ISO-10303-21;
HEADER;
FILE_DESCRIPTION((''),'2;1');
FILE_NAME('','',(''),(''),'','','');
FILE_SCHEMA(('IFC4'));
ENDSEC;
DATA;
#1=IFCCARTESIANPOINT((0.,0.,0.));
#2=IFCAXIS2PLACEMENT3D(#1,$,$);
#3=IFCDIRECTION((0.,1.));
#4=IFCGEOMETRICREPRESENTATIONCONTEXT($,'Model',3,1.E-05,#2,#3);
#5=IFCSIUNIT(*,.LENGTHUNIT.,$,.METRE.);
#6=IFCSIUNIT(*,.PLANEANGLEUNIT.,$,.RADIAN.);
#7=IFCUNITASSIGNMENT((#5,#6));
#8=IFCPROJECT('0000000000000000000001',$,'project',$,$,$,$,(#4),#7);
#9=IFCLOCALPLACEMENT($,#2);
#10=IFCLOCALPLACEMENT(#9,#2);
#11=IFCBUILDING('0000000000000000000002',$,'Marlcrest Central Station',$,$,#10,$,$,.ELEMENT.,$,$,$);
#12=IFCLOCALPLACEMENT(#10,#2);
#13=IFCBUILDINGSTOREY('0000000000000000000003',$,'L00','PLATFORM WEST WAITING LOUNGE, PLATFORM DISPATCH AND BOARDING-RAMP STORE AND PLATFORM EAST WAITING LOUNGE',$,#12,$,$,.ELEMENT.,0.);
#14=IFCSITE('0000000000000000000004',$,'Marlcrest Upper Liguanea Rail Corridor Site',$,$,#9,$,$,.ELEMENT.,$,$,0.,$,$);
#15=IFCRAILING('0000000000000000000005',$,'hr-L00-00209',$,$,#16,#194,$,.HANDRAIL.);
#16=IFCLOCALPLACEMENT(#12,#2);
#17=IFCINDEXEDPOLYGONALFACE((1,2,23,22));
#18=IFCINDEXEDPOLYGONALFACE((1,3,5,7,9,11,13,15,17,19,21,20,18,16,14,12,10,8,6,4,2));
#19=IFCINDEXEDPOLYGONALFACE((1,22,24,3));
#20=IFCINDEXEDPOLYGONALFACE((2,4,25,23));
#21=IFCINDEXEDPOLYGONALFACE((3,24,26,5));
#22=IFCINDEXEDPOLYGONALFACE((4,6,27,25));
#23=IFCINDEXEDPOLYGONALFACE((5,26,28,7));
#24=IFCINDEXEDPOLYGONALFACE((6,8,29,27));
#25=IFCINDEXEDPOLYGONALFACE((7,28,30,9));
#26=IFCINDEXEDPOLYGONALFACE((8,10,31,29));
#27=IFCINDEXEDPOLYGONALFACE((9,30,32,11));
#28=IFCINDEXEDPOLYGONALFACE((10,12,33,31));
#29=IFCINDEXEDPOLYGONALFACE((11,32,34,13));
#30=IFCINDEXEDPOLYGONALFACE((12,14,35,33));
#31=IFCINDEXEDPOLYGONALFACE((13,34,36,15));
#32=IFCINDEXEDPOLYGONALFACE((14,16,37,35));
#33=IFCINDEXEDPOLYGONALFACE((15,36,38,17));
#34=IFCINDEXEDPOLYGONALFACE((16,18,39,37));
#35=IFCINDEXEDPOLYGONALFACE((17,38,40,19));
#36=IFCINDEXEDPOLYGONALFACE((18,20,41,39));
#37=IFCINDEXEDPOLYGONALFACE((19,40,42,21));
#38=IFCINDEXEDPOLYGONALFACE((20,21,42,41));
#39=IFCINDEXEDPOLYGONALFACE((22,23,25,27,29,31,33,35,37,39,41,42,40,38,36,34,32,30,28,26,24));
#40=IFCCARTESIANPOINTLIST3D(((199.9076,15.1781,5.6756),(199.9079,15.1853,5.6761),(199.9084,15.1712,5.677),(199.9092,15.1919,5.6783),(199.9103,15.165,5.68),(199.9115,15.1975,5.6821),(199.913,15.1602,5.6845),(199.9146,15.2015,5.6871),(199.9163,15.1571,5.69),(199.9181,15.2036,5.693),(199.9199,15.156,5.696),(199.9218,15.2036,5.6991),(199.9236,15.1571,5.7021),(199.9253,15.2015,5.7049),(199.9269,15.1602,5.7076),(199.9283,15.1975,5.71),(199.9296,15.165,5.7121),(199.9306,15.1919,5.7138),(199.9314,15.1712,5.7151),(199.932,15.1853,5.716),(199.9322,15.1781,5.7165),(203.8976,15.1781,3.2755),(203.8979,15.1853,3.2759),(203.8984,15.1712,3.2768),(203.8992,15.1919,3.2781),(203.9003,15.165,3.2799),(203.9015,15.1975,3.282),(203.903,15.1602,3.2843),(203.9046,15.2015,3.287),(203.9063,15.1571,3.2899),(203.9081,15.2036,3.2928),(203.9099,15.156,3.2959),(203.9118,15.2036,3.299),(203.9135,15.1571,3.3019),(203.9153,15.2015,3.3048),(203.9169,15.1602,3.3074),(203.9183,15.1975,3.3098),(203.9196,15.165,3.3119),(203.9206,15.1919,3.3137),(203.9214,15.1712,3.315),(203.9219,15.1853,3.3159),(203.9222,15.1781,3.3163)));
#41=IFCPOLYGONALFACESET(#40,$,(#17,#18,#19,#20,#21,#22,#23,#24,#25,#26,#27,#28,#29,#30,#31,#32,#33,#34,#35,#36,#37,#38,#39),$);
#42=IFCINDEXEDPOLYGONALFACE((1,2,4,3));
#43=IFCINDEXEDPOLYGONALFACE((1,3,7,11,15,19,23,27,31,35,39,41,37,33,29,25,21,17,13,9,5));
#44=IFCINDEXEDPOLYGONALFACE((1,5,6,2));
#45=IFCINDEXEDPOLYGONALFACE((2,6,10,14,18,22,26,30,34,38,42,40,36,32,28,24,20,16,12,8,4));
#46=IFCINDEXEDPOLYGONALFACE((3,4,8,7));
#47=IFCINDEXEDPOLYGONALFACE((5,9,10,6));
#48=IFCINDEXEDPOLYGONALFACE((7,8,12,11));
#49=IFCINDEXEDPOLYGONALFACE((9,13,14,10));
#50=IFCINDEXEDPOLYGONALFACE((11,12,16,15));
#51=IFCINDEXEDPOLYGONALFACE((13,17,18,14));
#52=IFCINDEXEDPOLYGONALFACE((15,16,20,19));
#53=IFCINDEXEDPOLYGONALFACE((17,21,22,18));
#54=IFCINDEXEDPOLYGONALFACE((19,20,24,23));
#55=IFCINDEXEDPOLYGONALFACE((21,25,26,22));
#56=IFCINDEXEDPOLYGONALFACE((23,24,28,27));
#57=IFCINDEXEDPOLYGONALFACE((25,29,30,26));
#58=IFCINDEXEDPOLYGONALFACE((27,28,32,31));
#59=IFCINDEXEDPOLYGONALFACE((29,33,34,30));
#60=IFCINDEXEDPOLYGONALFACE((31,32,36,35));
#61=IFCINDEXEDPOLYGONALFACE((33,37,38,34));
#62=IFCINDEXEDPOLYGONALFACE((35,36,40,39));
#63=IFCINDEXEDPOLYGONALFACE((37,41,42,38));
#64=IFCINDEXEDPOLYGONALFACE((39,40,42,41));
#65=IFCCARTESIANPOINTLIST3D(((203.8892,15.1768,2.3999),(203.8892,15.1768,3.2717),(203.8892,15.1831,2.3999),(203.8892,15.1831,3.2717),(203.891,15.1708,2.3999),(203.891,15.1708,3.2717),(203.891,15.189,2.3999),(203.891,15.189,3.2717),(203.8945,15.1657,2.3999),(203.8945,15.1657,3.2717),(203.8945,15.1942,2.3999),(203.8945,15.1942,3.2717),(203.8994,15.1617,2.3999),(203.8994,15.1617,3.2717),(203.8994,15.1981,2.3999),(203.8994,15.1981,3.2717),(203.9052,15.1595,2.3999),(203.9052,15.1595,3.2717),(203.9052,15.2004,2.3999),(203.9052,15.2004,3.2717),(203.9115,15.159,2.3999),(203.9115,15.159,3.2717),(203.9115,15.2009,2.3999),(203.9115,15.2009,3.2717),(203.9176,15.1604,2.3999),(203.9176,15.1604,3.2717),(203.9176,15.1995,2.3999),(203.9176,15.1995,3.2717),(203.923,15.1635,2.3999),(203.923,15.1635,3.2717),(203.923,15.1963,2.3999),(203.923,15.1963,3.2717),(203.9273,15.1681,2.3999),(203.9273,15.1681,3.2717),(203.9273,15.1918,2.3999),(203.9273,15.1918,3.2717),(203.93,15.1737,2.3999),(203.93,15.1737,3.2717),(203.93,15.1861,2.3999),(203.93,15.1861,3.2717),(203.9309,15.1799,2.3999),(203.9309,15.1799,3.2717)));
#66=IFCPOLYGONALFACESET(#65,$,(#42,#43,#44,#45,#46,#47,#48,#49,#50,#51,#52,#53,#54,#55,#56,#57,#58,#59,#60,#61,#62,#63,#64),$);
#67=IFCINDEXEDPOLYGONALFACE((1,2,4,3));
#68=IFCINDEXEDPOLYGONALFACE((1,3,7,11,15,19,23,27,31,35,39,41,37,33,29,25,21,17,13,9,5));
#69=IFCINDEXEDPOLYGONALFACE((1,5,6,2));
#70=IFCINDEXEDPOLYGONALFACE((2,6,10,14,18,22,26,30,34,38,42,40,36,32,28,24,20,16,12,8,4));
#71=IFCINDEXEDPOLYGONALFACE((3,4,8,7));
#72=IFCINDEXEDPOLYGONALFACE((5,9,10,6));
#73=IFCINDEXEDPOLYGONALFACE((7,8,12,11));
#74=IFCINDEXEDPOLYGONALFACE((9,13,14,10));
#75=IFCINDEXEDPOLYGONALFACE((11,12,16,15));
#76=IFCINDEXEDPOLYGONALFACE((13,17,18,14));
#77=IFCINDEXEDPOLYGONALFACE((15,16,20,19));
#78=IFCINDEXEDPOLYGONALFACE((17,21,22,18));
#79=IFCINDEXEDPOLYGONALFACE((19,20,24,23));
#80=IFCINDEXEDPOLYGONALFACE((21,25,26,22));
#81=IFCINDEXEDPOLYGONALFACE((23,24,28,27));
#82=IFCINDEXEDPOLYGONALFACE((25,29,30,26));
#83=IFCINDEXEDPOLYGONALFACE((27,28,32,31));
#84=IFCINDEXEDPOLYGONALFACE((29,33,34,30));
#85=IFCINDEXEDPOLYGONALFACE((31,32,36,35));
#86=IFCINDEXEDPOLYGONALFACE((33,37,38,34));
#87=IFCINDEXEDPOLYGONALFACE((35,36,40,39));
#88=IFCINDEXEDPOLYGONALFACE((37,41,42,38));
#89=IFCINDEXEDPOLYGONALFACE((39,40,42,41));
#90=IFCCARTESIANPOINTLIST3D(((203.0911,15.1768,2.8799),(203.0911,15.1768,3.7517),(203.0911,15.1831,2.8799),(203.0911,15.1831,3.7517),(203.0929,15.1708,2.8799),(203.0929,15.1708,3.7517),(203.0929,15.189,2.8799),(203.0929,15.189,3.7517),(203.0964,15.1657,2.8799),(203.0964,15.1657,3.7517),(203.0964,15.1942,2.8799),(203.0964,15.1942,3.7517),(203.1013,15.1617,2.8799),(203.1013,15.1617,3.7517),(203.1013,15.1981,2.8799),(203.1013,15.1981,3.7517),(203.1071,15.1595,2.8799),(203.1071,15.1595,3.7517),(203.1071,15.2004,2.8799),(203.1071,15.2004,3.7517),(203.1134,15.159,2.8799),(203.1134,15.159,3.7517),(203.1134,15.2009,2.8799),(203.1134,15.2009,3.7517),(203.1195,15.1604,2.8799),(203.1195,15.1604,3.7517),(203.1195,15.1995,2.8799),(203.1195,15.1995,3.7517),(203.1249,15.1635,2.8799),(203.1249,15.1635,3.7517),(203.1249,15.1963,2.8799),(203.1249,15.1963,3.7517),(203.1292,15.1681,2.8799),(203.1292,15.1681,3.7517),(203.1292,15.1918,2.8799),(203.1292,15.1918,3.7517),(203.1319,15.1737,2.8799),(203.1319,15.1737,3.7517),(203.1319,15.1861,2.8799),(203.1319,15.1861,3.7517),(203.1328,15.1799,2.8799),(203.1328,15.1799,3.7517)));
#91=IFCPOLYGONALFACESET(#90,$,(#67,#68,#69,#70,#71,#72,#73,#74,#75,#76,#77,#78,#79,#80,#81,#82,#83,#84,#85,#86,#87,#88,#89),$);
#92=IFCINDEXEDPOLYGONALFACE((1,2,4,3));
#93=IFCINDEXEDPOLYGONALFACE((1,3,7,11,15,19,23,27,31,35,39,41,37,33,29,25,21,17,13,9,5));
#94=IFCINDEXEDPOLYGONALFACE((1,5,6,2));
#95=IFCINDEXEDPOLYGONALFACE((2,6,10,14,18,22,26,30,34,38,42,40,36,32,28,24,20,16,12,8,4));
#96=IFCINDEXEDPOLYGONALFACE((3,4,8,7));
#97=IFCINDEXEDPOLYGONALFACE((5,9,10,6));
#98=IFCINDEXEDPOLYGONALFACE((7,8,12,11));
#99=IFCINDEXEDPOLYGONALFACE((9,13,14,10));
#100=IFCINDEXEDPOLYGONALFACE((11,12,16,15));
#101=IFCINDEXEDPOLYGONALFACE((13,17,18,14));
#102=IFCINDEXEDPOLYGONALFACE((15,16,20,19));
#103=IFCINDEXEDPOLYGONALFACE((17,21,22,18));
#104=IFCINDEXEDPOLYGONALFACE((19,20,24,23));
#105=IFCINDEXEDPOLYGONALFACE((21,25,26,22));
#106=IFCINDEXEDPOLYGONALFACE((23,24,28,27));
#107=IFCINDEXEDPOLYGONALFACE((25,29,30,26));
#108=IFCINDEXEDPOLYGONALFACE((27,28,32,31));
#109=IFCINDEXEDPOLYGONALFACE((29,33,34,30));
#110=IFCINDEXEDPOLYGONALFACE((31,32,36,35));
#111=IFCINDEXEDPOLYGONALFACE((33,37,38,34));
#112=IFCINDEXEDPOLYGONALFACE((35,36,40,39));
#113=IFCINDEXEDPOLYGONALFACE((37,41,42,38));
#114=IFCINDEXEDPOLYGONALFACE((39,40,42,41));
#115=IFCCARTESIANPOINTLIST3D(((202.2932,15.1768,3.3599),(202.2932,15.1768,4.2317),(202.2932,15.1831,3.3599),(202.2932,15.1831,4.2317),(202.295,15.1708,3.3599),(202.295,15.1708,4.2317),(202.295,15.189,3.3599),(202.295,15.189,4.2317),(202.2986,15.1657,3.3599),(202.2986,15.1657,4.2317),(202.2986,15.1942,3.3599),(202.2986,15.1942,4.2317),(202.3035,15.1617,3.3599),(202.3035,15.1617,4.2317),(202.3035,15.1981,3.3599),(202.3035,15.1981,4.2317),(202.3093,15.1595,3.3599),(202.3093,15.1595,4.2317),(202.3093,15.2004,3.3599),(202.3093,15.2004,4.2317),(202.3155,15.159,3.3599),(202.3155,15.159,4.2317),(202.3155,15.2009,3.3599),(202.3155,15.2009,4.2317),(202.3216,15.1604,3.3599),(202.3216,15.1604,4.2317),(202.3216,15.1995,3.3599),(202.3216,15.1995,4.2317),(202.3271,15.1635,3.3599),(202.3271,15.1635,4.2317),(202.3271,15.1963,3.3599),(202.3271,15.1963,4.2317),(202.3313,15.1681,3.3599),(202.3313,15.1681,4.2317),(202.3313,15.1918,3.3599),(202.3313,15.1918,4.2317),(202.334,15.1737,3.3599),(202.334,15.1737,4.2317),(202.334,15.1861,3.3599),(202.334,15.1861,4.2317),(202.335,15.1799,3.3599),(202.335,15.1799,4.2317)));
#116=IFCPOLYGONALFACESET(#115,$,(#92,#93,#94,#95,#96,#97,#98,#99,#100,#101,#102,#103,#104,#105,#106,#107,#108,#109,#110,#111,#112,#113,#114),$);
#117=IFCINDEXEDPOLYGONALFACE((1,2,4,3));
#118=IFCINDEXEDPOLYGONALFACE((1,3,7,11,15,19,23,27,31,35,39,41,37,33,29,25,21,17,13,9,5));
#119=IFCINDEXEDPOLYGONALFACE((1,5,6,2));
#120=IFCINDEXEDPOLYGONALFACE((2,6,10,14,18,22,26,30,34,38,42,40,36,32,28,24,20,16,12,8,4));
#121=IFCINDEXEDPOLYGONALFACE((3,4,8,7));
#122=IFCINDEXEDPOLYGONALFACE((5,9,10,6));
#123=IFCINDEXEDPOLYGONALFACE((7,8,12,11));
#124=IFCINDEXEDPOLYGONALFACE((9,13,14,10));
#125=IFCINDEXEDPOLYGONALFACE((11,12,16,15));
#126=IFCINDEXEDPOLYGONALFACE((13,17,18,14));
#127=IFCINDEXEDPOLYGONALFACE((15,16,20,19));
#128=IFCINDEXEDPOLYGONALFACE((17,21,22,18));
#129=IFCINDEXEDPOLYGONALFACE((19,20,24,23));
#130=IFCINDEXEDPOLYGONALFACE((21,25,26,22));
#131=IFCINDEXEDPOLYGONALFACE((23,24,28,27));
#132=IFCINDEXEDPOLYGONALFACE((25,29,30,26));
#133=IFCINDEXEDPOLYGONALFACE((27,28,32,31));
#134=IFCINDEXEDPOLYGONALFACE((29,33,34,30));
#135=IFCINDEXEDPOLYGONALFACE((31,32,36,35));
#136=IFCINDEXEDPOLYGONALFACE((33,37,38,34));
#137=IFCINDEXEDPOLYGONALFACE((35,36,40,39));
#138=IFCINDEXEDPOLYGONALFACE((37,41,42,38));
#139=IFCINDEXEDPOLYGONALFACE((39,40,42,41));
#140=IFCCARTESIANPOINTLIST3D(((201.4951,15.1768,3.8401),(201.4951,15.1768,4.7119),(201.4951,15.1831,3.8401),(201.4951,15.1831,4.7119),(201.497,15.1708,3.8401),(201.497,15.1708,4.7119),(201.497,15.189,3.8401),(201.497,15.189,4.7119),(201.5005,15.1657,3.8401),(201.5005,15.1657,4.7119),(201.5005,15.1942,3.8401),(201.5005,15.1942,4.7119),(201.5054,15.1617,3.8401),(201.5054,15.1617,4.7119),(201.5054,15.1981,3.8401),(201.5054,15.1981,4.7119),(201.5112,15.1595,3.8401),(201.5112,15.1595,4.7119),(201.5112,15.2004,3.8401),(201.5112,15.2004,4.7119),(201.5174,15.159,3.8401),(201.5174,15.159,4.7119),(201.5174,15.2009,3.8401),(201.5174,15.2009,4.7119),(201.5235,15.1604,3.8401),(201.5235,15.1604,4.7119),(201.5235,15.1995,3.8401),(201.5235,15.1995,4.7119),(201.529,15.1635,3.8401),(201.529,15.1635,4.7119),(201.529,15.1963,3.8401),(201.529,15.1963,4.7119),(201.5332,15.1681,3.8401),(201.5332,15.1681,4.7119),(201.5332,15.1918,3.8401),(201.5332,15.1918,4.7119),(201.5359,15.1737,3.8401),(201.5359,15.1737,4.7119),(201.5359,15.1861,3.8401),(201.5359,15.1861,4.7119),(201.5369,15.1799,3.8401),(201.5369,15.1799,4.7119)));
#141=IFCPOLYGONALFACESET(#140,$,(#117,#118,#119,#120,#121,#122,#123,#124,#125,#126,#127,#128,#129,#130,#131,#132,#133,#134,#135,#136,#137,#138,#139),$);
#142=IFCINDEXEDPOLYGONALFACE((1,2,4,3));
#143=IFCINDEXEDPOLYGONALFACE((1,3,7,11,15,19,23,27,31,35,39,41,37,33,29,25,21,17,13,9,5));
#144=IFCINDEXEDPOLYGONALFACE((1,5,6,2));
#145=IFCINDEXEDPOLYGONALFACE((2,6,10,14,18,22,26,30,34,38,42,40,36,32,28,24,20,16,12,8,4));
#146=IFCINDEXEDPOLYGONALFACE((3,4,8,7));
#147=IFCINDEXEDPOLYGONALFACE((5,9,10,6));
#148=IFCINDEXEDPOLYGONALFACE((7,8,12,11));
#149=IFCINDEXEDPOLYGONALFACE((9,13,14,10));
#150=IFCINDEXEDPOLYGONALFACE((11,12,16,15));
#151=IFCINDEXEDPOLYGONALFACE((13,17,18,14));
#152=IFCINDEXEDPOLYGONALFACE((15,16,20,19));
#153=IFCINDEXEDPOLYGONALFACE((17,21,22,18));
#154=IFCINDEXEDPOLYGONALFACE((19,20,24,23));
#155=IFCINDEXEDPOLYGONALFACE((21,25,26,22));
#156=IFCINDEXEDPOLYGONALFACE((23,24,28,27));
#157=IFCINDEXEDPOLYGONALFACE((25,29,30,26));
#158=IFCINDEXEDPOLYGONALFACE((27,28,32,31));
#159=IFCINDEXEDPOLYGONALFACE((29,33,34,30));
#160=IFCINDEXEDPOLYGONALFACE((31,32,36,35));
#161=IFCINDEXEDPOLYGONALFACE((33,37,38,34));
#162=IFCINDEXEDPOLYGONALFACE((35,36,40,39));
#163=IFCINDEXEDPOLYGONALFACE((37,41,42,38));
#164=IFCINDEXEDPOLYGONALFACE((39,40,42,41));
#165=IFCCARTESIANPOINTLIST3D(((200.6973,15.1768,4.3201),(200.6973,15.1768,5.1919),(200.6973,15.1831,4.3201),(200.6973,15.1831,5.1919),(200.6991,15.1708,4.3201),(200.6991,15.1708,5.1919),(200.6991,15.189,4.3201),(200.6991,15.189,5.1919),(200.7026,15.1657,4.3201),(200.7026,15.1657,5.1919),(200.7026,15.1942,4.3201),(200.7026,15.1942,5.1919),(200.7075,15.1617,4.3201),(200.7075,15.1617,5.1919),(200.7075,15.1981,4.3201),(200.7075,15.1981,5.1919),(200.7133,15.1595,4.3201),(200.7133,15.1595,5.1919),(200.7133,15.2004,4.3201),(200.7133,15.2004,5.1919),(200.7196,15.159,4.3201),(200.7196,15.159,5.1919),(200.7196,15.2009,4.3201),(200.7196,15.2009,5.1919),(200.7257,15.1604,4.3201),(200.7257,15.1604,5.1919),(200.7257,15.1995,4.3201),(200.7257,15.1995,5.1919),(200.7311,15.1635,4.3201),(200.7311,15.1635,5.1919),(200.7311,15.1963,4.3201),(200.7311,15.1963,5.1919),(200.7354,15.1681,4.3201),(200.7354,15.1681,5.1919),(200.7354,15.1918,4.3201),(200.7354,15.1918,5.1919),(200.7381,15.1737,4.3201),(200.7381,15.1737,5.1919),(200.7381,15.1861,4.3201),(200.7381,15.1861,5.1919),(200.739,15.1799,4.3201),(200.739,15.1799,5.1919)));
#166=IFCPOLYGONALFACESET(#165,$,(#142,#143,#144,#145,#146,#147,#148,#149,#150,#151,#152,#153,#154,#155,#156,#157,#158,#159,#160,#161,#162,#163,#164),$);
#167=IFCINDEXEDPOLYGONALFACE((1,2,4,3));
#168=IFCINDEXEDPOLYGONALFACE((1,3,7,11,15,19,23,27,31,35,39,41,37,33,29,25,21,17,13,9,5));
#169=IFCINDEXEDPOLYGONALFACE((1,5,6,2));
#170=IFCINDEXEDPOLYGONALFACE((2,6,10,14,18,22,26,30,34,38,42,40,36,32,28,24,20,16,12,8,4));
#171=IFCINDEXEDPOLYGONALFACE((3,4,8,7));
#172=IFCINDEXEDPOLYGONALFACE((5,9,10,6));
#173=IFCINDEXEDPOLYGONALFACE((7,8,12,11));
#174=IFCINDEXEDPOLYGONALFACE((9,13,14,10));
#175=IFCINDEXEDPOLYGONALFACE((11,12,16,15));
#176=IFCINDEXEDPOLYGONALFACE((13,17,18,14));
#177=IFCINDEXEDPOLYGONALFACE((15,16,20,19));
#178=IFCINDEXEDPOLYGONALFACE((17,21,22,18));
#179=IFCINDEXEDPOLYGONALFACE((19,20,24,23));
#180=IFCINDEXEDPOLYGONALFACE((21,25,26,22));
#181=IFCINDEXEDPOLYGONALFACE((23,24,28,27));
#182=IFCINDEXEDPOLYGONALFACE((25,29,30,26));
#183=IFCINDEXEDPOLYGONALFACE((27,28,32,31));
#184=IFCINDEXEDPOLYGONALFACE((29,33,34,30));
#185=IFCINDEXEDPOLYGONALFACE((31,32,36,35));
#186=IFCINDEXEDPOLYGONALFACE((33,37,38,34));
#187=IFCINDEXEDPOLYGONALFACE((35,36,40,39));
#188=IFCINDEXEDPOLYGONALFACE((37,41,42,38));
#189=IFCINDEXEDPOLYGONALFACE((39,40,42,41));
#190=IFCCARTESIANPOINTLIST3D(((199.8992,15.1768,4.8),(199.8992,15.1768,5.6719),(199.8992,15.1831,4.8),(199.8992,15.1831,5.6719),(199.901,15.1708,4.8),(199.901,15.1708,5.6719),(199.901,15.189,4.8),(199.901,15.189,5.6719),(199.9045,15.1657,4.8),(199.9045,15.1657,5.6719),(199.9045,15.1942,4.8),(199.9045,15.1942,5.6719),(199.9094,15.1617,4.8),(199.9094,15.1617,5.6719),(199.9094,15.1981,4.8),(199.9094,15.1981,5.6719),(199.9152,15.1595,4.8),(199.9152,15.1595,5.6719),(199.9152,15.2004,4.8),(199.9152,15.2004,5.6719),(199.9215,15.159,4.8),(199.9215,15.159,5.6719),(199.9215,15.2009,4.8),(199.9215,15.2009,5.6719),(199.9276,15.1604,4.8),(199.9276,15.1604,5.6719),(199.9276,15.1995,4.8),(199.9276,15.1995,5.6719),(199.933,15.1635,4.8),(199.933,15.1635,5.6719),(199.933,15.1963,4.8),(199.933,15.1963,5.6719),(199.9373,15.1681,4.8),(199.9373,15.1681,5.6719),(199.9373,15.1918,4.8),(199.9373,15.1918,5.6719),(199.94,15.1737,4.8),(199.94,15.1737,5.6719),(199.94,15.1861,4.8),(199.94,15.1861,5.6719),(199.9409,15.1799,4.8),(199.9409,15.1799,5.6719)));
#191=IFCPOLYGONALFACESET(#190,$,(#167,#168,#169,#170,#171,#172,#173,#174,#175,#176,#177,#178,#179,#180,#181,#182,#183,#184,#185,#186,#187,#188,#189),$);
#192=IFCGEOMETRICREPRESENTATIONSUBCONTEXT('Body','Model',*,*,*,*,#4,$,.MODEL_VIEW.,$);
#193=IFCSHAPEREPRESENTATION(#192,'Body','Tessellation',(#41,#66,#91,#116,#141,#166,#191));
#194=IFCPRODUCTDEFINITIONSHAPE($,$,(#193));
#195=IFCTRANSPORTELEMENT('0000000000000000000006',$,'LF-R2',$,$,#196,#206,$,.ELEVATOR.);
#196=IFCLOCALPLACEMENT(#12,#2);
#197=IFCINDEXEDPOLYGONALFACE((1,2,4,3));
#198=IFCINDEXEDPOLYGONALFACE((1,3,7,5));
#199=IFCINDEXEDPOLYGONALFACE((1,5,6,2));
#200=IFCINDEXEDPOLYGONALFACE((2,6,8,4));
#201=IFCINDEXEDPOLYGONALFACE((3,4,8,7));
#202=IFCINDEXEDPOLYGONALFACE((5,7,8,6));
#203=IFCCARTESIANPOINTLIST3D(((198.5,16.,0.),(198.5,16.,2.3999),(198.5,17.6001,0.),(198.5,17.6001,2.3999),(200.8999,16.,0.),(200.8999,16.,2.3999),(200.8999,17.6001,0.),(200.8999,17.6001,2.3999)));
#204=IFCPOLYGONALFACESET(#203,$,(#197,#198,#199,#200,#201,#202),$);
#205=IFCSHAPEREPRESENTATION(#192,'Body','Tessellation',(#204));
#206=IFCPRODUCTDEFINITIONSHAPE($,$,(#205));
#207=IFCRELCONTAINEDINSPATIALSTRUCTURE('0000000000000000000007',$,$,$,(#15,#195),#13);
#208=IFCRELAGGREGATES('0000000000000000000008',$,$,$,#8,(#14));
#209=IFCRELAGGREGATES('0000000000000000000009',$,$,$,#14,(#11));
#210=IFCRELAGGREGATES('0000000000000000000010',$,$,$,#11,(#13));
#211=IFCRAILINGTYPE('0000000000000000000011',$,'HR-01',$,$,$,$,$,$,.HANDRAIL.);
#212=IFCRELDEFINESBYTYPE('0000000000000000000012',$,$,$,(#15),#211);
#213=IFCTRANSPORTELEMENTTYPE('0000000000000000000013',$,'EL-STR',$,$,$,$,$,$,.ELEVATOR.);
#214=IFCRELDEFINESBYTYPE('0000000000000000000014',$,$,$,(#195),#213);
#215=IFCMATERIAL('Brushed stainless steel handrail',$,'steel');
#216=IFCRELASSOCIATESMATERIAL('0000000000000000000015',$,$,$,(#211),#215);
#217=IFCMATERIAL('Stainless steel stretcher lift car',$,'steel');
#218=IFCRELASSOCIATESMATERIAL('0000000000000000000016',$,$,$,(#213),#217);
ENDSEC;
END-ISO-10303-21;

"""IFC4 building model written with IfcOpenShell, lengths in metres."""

from ifc_helpers import new_model, si_unit, direction, frame, origin, origin_2d, place, context, subcontext, project, spatial, rectangle, circle, extrude, material, type_object, element, save


model = new_model("IFC4")

# Units and contexts
model_context = context("Model", 3, precision=1e-05, world=origin(), true_north=direction((0.0, 1.0)))
body_context = subcontext(model_context, "Body", "Model", "MODEL_VIEW")
ifc_project = project(units=[si_unit("LENGTHUNIT", "METRE"), si_unit("PLANEANGLEUNIT", "RADIAN")], contexts=[model_context])

# Site, building, storey
site_placement = place(None, origin())
site = spatial("IfcSite", under=ifc_project, at=site_placement, Name="Marlcrest Upper Liguanea Rail Corridor Site", CompositionType="ELEMENT", RefElevation=0.0)
building_placement = place(site_placement, origin())
building = spatial("IfcBuilding", under=site, at=building_placement, Name="Marlcrest Central Station", CompositionType="ELEMENT")
storey_placement = place(building_placement, origin())
storey = spatial("IfcBuildingStorey", under=building, at=storey_placement, Name="L00", Description="PLATFORM WEST WAITING LOUNGE, PLATFORM DISPATCH AND BOARDING-RAMP STORE AND PLATFORM EAST WAITING LOUNGE", CompositionType="ELEMENT", Elevation=0.0)

# Railing
ifc_material_1 = material(Name="Brushed stainless steel handrail", Category="steel")
railing_type_1 = type_object("IfcRailingType", Name="HR-01", PredefinedType="HANDRAIL", material=ifc_material_1)
railing_1_placement = place(storey_placement, frame((203.9099, 15.1799, 2.3999)))
element("IfcRailing", 1, at=railing_1_placement, inside=storey, type_object=railing_type_1, Name="hr-L00-00209", PredefinedType="HANDRAIL", context=body_context, shape_type="SweptSolid", body=[
    extrude(circle(Radius=0.0239, at=origin_2d()), frame((0.0, 0.0, 0.896), z_axis=(-0.856909, 0.0, 0.515467), x_axis=(0.0, -1.0, 0.0)), (0.0, 0.0, 1.0), 4.6562),
    extrude(circle(Radius=0.021, at=origin_2d()), origin(), (0.0, 0.0, 1.0), 0.8718),
    extrude(circle(Radius=0.021, at=origin_2d()), frame((-0.7981, 0.0, 0.48)), (0.0, 0.0, 1.0), 0.8718),
    extrude(circle(Radius=0.021, at=origin_2d()), frame((-1.5959, 0.0, 0.96)), (0.0, 0.0, 1.0), 0.8718),
    extrude(circle(Radius=0.021, at=origin_2d()), frame((-2.394, 0.0, 1.4402)), (0.0, 0.0, 1.0), 0.8718),
    extrude(circle(Radius=0.021, at=origin_2d()), frame((-3.1919, 0.0, 1.9202)), (0.0, 0.0, 1.0), 0.8718),
    extrude(circle(Radius=0.021, at=origin_2d()), frame((-3.99, 0.0, 2.4001)), (0.0, 0.0, 1.0), 0.8718),
])

# Transport element
ifc_material_2 = material(Name="Stainless steel stretcher lift car", Category="steel")
transport_element_type = type_object("IfcTransportElementType", Name="EL-STR", PredefinedType="ELEVATOR", material=ifc_material_2)
transport_element_placement = place(storey_placement, frame((199.7, 16.8, 0.0), z_axis=(0.0, 0.0, 1.0), x_axis=(1.0, 0.0, 0.0)))
element("IfcTransportElement", 2, at=transport_element_placement, inside=storey, type_object=transport_element_type, Name="LF-R2", PredefinedType="ELEVATOR", context=body_context, shape_type="SweptSolid", body=[
    extrude(rectangle(XDim=2.3999, YDim=1.6001, at=origin_2d()), origin(), (0.0, 0.0, 1.0), 2.3999),
])

save(model, "model.ifc")
